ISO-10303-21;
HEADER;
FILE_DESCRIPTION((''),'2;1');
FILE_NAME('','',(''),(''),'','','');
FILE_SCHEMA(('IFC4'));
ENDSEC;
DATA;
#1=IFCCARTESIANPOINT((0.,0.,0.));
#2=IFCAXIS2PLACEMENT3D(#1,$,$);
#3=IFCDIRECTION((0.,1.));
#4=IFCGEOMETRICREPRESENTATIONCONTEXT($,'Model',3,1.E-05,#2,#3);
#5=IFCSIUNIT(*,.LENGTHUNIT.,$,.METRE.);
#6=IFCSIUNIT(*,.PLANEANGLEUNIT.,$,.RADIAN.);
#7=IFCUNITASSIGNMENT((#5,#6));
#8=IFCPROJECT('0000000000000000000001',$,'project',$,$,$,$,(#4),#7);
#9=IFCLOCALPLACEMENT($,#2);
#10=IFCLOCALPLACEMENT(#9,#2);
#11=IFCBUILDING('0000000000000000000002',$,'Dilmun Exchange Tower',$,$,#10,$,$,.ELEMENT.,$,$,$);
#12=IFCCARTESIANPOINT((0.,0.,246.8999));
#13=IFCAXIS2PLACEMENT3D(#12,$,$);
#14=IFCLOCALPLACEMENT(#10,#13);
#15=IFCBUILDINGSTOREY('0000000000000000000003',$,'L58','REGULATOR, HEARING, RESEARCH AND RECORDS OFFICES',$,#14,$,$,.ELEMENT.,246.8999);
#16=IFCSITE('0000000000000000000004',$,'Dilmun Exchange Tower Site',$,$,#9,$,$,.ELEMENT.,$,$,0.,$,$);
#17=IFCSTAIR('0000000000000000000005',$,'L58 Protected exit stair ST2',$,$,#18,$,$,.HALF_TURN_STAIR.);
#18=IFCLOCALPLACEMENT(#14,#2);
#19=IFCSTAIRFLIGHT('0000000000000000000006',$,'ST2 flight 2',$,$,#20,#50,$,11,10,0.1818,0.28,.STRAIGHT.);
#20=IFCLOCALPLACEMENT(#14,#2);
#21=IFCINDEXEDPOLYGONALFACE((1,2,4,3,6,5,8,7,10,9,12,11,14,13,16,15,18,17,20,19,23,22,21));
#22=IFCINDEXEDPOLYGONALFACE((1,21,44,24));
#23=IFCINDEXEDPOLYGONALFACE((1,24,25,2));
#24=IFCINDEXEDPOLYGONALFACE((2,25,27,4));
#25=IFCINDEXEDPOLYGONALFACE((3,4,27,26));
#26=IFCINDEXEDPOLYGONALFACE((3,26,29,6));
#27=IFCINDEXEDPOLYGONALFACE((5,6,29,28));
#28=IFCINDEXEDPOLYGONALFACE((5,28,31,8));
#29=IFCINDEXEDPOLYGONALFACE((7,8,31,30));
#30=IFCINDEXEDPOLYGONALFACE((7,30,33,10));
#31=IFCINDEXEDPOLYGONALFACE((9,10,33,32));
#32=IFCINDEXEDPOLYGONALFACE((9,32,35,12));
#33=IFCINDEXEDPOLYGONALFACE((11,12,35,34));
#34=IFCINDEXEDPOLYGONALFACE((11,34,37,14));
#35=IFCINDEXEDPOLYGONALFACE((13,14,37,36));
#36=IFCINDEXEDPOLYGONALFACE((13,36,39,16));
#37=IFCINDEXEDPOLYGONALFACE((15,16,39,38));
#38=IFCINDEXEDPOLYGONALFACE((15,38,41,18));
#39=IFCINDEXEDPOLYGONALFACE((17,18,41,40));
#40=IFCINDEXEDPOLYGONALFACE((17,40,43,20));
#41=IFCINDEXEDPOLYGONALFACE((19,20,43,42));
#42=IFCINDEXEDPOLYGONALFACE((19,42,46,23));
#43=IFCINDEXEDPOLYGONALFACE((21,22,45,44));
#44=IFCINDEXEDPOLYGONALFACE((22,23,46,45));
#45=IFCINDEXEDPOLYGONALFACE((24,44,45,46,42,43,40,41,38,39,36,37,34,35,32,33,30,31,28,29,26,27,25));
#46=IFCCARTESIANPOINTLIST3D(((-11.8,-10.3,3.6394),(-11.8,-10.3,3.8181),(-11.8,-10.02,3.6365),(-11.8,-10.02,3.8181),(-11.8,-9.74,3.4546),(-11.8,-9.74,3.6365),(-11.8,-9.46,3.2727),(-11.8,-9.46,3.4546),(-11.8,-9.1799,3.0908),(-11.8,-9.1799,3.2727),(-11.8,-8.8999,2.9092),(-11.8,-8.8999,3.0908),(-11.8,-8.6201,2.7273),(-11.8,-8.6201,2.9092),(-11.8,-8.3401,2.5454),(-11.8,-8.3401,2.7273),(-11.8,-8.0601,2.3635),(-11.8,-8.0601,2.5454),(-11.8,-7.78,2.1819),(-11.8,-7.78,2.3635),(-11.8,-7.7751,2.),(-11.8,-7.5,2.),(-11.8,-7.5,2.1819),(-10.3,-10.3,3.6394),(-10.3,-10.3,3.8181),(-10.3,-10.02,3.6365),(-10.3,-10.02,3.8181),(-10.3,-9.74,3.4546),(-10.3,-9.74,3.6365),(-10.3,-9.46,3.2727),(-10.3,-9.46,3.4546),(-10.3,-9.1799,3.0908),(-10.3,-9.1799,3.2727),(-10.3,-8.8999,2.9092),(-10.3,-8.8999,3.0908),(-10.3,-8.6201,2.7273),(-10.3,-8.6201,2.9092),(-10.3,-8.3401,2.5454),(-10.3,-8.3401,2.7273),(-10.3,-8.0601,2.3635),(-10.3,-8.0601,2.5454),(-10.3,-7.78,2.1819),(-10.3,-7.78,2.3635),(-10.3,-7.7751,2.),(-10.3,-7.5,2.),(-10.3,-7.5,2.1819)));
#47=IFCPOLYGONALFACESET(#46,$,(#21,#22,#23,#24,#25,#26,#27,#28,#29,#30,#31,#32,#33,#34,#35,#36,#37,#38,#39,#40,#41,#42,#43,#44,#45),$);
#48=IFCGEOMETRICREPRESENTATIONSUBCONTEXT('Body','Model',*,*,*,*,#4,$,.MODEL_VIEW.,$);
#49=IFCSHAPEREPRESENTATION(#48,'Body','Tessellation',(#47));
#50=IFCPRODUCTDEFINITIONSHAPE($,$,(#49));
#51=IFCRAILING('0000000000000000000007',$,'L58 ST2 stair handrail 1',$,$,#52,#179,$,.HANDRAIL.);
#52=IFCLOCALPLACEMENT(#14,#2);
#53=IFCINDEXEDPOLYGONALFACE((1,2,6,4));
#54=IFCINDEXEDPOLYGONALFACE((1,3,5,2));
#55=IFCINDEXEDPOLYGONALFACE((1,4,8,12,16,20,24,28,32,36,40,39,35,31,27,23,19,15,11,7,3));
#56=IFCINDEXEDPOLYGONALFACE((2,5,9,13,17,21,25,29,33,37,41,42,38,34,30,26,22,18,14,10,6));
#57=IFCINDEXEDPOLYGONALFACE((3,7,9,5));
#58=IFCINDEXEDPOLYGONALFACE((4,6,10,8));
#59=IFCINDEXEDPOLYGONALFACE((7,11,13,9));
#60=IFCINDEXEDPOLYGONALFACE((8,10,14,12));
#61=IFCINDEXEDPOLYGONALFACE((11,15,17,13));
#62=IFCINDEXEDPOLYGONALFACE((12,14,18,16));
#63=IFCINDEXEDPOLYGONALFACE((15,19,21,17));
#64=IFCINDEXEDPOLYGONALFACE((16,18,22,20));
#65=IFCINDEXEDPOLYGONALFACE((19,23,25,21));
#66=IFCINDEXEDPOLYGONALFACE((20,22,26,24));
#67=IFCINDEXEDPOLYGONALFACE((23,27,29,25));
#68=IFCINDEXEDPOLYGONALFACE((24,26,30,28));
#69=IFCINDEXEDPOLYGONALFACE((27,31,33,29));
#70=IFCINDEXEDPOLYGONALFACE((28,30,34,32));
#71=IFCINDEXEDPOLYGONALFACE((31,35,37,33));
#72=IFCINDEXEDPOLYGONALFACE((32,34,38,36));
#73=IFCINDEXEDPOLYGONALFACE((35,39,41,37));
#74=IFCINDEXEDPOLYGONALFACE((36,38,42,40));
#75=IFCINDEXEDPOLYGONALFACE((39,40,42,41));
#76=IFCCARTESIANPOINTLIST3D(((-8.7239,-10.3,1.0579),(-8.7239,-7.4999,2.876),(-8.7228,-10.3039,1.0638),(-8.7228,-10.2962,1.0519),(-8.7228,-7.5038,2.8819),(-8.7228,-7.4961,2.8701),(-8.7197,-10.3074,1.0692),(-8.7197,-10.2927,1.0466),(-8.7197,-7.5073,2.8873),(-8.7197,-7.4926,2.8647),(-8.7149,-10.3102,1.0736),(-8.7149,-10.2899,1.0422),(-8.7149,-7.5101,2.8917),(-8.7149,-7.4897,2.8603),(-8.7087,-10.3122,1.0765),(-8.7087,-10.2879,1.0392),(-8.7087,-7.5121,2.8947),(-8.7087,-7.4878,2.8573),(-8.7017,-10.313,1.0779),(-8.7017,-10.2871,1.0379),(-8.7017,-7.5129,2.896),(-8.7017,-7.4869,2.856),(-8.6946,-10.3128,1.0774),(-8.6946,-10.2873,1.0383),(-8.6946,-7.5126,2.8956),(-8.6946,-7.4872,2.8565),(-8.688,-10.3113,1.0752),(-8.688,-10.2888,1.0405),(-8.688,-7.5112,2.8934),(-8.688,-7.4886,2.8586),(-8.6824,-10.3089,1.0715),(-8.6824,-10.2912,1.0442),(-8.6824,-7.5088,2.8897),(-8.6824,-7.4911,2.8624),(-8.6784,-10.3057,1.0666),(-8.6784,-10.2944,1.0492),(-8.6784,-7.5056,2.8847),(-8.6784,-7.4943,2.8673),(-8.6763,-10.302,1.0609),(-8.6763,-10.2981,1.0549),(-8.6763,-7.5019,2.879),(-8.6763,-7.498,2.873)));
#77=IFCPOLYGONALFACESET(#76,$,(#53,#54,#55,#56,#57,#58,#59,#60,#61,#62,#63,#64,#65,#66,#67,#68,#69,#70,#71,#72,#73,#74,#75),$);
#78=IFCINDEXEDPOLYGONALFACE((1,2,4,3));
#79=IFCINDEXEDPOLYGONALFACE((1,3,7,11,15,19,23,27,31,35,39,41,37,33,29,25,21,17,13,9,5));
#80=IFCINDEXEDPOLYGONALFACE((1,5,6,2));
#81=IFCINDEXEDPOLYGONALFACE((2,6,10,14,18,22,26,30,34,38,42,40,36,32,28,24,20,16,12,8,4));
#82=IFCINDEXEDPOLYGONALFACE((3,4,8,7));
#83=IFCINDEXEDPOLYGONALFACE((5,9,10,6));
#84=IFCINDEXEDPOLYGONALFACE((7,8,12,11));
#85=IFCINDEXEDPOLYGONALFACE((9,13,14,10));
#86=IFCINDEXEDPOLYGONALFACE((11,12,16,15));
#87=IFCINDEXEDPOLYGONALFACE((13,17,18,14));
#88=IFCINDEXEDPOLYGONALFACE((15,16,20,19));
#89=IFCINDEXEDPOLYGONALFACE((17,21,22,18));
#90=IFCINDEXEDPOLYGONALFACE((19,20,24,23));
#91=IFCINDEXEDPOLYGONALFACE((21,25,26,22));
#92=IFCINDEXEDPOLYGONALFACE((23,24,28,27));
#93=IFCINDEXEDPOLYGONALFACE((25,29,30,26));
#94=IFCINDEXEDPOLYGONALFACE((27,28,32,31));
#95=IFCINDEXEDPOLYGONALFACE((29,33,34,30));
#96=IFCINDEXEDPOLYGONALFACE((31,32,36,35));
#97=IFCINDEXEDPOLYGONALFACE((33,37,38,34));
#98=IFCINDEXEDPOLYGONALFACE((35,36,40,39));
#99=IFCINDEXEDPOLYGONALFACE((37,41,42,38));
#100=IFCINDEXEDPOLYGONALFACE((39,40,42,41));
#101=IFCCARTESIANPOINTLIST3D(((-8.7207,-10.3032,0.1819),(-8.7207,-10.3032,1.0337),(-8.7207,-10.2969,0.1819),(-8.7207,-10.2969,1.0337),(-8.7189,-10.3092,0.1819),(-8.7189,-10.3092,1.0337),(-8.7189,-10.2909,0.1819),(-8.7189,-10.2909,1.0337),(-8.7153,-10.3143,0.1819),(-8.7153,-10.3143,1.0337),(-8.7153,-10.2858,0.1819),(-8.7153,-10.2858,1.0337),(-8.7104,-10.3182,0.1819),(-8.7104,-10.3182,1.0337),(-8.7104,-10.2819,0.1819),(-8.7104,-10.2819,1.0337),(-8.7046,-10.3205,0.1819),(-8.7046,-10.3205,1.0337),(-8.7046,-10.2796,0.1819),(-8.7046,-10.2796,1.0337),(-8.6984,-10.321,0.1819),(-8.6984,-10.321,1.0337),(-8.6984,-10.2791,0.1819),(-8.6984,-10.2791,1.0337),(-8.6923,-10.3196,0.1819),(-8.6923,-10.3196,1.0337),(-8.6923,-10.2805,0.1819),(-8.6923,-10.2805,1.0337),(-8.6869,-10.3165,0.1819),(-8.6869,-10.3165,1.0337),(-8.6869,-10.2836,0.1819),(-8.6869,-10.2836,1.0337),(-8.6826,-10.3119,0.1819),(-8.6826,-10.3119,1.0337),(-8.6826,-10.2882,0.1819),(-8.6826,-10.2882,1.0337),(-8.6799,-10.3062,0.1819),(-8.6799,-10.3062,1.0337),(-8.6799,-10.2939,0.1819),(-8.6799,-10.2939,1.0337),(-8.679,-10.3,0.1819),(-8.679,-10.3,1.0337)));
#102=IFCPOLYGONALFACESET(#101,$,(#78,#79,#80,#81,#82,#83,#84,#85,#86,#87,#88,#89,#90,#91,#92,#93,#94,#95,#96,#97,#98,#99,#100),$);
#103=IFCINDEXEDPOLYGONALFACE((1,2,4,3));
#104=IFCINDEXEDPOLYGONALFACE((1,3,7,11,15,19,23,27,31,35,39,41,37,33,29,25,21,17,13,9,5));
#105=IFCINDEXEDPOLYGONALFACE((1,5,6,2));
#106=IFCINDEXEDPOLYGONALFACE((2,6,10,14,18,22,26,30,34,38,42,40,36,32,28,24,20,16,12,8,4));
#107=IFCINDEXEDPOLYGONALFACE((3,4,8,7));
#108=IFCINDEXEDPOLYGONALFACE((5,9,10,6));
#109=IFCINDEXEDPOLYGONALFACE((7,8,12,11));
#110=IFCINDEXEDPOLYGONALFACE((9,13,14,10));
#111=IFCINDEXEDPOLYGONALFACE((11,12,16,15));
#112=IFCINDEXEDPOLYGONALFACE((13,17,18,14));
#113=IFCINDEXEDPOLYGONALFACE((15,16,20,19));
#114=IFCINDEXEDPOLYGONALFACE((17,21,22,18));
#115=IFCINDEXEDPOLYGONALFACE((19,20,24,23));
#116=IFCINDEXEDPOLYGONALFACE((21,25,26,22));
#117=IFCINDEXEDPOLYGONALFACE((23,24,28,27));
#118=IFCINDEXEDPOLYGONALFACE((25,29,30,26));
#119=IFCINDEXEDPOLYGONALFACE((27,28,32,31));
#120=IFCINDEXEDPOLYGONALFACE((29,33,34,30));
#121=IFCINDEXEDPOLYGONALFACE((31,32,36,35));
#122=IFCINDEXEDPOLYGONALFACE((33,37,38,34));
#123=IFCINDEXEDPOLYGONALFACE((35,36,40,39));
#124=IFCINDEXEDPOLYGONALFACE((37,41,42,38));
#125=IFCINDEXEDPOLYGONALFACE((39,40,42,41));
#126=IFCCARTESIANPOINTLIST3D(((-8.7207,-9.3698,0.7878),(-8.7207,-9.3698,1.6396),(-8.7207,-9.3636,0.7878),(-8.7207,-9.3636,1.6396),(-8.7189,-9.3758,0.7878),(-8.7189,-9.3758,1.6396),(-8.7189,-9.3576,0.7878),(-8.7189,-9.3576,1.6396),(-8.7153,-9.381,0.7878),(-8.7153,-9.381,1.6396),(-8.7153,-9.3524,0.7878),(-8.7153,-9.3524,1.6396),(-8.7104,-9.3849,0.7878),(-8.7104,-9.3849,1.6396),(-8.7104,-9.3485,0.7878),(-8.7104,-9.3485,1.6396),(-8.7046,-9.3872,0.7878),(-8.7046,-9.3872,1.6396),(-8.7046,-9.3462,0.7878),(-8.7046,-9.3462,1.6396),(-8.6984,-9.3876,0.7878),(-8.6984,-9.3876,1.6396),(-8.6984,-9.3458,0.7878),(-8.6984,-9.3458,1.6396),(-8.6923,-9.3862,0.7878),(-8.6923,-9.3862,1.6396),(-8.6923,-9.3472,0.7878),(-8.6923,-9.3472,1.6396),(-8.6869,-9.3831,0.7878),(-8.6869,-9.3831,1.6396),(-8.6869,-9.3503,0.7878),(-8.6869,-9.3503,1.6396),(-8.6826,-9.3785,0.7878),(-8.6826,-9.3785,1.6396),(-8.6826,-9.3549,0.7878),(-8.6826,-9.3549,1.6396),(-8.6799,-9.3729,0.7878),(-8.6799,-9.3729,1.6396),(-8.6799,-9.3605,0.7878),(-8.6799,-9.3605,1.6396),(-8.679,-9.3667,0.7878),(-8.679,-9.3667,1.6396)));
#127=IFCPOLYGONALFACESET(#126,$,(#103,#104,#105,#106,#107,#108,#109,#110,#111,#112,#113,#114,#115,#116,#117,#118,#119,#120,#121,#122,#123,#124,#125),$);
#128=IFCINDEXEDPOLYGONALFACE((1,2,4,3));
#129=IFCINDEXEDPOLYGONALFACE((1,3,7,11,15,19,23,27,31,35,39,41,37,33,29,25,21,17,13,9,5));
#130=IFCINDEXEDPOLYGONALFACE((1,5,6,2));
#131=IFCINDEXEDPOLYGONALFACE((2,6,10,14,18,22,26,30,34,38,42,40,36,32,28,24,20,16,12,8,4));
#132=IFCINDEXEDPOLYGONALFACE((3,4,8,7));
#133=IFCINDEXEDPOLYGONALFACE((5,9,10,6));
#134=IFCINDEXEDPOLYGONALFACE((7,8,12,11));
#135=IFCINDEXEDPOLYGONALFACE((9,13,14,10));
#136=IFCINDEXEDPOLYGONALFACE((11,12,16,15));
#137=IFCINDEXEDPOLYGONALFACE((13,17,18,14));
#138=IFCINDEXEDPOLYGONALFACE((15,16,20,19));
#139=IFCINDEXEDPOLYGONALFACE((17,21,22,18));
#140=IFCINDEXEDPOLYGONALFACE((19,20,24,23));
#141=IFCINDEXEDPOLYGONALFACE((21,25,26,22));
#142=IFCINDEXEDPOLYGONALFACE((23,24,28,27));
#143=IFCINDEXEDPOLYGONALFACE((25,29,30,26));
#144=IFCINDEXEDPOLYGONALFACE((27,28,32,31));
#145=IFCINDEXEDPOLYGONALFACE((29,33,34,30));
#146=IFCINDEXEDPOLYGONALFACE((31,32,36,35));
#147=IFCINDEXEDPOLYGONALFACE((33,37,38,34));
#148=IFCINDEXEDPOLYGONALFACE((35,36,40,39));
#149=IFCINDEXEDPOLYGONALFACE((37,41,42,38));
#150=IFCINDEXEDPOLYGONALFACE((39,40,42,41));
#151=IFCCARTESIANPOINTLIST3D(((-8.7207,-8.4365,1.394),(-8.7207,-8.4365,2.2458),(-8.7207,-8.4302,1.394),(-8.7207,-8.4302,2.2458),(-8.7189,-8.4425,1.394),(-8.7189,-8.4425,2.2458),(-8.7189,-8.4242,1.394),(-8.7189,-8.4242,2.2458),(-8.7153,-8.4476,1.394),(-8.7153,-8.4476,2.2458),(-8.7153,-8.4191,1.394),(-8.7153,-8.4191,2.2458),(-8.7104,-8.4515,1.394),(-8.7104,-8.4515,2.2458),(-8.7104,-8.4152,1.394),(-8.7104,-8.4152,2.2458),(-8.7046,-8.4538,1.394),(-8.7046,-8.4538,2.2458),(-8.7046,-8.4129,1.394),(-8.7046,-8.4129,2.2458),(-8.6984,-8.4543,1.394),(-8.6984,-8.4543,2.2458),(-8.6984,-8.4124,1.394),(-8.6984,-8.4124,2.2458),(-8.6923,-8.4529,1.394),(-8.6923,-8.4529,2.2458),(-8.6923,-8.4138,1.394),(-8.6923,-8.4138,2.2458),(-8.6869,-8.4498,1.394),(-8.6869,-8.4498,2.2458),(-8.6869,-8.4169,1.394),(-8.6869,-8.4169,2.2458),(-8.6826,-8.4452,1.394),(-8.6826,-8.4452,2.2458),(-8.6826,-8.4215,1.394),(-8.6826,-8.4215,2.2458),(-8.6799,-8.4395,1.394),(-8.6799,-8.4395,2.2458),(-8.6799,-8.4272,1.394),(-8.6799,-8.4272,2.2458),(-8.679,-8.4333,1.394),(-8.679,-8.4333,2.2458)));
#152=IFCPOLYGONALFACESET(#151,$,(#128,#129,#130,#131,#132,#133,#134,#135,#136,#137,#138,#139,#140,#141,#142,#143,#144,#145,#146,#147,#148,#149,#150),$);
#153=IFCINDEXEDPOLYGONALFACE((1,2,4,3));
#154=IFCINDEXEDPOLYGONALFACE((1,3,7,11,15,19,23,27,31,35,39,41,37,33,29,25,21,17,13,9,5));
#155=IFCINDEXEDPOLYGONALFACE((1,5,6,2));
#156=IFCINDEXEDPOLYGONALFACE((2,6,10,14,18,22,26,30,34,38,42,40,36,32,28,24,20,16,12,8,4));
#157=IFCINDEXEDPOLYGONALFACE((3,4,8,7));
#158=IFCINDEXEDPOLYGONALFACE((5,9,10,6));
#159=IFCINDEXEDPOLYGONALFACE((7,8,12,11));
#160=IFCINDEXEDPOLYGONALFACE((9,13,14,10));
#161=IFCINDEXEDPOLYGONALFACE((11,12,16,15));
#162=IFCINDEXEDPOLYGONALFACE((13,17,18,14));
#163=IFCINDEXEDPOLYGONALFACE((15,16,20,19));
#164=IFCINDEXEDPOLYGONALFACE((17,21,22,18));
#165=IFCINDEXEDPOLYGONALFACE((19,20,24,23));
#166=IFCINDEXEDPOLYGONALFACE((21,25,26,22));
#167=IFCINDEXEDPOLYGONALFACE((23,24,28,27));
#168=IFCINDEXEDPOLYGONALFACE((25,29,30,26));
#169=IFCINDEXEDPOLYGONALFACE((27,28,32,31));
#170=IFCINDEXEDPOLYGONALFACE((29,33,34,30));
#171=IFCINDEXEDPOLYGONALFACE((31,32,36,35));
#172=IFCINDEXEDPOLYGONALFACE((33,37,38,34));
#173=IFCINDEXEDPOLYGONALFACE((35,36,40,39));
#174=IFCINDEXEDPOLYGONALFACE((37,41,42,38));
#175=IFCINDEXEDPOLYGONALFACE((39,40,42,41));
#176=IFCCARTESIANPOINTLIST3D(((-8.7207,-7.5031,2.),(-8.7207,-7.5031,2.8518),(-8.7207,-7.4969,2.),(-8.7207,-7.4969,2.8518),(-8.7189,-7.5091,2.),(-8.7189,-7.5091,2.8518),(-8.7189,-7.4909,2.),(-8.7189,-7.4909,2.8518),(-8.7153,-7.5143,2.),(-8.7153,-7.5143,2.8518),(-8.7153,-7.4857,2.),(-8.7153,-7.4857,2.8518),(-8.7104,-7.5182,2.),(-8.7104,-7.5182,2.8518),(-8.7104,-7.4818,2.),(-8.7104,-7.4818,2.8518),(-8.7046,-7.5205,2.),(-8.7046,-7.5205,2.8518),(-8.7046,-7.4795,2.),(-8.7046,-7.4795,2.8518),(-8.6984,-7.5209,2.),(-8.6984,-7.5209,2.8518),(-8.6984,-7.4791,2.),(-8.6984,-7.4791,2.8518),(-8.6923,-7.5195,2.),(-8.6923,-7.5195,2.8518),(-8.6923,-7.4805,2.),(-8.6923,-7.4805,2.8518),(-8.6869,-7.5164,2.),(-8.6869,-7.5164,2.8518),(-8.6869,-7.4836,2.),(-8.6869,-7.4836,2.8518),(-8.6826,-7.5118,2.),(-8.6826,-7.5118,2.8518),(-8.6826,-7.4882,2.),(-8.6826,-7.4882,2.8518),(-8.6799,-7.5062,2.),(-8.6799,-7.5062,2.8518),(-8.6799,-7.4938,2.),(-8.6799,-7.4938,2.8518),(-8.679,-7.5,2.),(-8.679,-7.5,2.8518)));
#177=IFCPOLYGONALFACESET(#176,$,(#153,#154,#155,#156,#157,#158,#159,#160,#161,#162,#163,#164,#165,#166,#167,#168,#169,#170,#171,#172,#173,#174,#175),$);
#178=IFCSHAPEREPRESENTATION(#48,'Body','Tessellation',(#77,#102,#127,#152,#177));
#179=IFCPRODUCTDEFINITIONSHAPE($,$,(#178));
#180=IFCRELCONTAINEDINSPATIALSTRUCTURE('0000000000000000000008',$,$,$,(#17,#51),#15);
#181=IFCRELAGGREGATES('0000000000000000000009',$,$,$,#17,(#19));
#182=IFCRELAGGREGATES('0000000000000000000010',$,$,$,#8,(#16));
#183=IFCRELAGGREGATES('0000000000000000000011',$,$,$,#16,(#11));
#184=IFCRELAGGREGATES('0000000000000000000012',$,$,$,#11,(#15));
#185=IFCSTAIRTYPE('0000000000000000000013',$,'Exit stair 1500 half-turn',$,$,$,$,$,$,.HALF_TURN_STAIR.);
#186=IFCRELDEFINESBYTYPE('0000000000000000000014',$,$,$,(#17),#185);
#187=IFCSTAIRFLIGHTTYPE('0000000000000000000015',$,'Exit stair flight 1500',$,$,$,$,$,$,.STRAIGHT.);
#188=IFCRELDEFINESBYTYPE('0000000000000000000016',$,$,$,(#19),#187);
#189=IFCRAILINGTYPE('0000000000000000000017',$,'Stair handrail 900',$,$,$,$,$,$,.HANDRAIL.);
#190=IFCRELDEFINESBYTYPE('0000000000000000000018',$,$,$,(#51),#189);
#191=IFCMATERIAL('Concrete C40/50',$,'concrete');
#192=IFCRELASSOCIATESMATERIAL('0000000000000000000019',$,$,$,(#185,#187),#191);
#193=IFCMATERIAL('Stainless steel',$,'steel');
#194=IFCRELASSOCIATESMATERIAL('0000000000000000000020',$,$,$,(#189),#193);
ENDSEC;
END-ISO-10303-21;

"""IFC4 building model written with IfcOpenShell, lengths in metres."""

from ifc_helpers import new_model, si_unit, direction, frame, origin, origin_2d, place, context, subcontext, project, spatial, polyline, circle, outline, extrude, material, type_object, element, aggregate, save


model = new_model("IFC4")

# Units and contexts
model_context = context("Model", 3, precision=1e-05, world=origin(), true_north=direction((0.0, 1.0)))
body_context = subcontext(model_context, "Body", "Model", "MODEL_VIEW")
ifc_project = project(units=[si_unit("LENGTHUNIT", "METRE"), si_unit("PLANEANGLEUNIT", "RADIAN")], contexts=[model_context])

# Site, building, storey
site_placement = place(None, origin())
site = spatial("IfcSite", under=ifc_project, at=site_placement, Name="Dilmun Exchange Tower Site", CompositionType="ELEMENT", RefElevation=0.0)
building_placement = place(site_placement, origin())
building = spatial("IfcBuilding", under=site, at=building_placement, Name="Dilmun Exchange Tower", CompositionType="ELEMENT")
storey_placement = place(building_placement, frame((0.0, 0.0, 246.8999)))
storey = spatial("IfcBuildingStorey", under=building, at=storey_placement, Name="L58", Description="REGULATOR, HEARING, RESEARCH AND RECORDS OFFICES", CompositionType="ELEMENT", Elevation=246.8999)

# Shared definitions
ifc_material_1 = material(Name="Concrete C40/50", Category="concrete")

# Stair, stair flight
stair_type = type_object("IfcStairType", Name="Exit stair 1500 half-turn", PredefinedType="HALF_TURN_STAIR", material=ifc_material_1)
stair_placement = place(storey_placement, origin())
stair = element("IfcStair", 1, at=stair_placement, inside=storey, type_object=stair_type, Name="L58 Protected exit stair ST2", PredefinedType="HALF_TURN_STAIR")
stair_flight_type = type_object("IfcStairFlightType", Name="Exit stair flight 1500", PredefinedType="STRAIGHT", material=ifc_material_1)
stair_flight_placement = place(storey_placement, frame((-11.05, -7.5, 2.0), z_axis=(0.0, 0.0, 1.0), x_axis=(0.0, -1.0, 0.0)))
stair_flight = element("IfcStairFlight", 2, at=stair_flight_placement, type_object=stair_flight_type, Name="ST2 flight 2", NumberOfRisers=11, NumberOfTreads=10, PredefinedType="STRAIGHT", RiserHeight=0.1818, TreadLength=0.28, context=body_context, shape_type="SweptSolid", body=[
    extrude(outline(polyline([(0.0, 0.0), (0.0, 0.1819), (0.28, 0.1819), (0.28, 0.3635), (0.5601, 0.3635), (0.5601, 0.5454), (0.8401, 0.5454), (0.8401, 0.7273), (1.1201, 0.7273), (1.1201, 0.9092), (1.3999, 0.9092), (1.3999, 1.0908), (1.6799, 1.0908), (1.6799, 1.2727), (1.96, 1.2727), (1.96, 1.4546), (2.24, 1.4546), (2.24, 1.6365), (2.52, 1.6365), (2.52, 1.8181), (2.8, 1.8181), (2.8, 2.0), (2.8, 1.6394), (0.2751, 0.0), (0.0, 0.0)])), frame((0.0, 0.75, 0.0), z_axis=(0.0, -1.0, 0.0), x_axis=(1.0, 0.0, 0.0)), (0.0, 0.0, 1.0), 1.5),
])
aggregate(stair, [stair_flight])

# Railing
ifc_material_2 = material(Name="Stainless steel", Category="steel")
railing_type = type_object("IfcRailingType", Name="Stair handrail 900", PredefinedType="HANDRAIL", material=ifc_material_2)
railing_1_placement = place(storey_placement, frame((-8.7, -10.3, 0.1819)))
element("IfcRailing", 3, at=railing_1_placement, inside=storey, type_object=railing_type, Name="L58 ST2 stair handrail 1", PredefinedType="HANDRAIL", context=body_context, shape_type="SweptSolid", body=[
    extrude(circle(Radius=0.0239, at=origin_2d()), frame((0.0, 0.0, 0.876), z_axis=(0.0, 0.838706, 0.544585), x_axis=(-1.0, 0.0, 0.0)), (0.0, 0.0, 1.0), 3.3386),
    extrude(circle(Radius=0.021, at=origin_2d()), origin(), (0.0, 0.0, 1.0), 0.8518),
    extrude(circle(Radius=0.021, at=origin_2d()), frame((0.0, 0.9333, 0.606)), (0.0, 0.0, 1.0), 0.8518),
    extrude(circle(Radius=0.021, at=origin_2d()), frame((0.0, 1.8667, 1.2122)), (0.0, 0.0, 1.0), 0.8518),
    extrude(circle(Radius=0.021, at=origin_2d()), frame((0.0, 2.8, 1.8181)), (0.0, 0.0, 1.0), 0.8518),
])

save(model, "model.ifc")
